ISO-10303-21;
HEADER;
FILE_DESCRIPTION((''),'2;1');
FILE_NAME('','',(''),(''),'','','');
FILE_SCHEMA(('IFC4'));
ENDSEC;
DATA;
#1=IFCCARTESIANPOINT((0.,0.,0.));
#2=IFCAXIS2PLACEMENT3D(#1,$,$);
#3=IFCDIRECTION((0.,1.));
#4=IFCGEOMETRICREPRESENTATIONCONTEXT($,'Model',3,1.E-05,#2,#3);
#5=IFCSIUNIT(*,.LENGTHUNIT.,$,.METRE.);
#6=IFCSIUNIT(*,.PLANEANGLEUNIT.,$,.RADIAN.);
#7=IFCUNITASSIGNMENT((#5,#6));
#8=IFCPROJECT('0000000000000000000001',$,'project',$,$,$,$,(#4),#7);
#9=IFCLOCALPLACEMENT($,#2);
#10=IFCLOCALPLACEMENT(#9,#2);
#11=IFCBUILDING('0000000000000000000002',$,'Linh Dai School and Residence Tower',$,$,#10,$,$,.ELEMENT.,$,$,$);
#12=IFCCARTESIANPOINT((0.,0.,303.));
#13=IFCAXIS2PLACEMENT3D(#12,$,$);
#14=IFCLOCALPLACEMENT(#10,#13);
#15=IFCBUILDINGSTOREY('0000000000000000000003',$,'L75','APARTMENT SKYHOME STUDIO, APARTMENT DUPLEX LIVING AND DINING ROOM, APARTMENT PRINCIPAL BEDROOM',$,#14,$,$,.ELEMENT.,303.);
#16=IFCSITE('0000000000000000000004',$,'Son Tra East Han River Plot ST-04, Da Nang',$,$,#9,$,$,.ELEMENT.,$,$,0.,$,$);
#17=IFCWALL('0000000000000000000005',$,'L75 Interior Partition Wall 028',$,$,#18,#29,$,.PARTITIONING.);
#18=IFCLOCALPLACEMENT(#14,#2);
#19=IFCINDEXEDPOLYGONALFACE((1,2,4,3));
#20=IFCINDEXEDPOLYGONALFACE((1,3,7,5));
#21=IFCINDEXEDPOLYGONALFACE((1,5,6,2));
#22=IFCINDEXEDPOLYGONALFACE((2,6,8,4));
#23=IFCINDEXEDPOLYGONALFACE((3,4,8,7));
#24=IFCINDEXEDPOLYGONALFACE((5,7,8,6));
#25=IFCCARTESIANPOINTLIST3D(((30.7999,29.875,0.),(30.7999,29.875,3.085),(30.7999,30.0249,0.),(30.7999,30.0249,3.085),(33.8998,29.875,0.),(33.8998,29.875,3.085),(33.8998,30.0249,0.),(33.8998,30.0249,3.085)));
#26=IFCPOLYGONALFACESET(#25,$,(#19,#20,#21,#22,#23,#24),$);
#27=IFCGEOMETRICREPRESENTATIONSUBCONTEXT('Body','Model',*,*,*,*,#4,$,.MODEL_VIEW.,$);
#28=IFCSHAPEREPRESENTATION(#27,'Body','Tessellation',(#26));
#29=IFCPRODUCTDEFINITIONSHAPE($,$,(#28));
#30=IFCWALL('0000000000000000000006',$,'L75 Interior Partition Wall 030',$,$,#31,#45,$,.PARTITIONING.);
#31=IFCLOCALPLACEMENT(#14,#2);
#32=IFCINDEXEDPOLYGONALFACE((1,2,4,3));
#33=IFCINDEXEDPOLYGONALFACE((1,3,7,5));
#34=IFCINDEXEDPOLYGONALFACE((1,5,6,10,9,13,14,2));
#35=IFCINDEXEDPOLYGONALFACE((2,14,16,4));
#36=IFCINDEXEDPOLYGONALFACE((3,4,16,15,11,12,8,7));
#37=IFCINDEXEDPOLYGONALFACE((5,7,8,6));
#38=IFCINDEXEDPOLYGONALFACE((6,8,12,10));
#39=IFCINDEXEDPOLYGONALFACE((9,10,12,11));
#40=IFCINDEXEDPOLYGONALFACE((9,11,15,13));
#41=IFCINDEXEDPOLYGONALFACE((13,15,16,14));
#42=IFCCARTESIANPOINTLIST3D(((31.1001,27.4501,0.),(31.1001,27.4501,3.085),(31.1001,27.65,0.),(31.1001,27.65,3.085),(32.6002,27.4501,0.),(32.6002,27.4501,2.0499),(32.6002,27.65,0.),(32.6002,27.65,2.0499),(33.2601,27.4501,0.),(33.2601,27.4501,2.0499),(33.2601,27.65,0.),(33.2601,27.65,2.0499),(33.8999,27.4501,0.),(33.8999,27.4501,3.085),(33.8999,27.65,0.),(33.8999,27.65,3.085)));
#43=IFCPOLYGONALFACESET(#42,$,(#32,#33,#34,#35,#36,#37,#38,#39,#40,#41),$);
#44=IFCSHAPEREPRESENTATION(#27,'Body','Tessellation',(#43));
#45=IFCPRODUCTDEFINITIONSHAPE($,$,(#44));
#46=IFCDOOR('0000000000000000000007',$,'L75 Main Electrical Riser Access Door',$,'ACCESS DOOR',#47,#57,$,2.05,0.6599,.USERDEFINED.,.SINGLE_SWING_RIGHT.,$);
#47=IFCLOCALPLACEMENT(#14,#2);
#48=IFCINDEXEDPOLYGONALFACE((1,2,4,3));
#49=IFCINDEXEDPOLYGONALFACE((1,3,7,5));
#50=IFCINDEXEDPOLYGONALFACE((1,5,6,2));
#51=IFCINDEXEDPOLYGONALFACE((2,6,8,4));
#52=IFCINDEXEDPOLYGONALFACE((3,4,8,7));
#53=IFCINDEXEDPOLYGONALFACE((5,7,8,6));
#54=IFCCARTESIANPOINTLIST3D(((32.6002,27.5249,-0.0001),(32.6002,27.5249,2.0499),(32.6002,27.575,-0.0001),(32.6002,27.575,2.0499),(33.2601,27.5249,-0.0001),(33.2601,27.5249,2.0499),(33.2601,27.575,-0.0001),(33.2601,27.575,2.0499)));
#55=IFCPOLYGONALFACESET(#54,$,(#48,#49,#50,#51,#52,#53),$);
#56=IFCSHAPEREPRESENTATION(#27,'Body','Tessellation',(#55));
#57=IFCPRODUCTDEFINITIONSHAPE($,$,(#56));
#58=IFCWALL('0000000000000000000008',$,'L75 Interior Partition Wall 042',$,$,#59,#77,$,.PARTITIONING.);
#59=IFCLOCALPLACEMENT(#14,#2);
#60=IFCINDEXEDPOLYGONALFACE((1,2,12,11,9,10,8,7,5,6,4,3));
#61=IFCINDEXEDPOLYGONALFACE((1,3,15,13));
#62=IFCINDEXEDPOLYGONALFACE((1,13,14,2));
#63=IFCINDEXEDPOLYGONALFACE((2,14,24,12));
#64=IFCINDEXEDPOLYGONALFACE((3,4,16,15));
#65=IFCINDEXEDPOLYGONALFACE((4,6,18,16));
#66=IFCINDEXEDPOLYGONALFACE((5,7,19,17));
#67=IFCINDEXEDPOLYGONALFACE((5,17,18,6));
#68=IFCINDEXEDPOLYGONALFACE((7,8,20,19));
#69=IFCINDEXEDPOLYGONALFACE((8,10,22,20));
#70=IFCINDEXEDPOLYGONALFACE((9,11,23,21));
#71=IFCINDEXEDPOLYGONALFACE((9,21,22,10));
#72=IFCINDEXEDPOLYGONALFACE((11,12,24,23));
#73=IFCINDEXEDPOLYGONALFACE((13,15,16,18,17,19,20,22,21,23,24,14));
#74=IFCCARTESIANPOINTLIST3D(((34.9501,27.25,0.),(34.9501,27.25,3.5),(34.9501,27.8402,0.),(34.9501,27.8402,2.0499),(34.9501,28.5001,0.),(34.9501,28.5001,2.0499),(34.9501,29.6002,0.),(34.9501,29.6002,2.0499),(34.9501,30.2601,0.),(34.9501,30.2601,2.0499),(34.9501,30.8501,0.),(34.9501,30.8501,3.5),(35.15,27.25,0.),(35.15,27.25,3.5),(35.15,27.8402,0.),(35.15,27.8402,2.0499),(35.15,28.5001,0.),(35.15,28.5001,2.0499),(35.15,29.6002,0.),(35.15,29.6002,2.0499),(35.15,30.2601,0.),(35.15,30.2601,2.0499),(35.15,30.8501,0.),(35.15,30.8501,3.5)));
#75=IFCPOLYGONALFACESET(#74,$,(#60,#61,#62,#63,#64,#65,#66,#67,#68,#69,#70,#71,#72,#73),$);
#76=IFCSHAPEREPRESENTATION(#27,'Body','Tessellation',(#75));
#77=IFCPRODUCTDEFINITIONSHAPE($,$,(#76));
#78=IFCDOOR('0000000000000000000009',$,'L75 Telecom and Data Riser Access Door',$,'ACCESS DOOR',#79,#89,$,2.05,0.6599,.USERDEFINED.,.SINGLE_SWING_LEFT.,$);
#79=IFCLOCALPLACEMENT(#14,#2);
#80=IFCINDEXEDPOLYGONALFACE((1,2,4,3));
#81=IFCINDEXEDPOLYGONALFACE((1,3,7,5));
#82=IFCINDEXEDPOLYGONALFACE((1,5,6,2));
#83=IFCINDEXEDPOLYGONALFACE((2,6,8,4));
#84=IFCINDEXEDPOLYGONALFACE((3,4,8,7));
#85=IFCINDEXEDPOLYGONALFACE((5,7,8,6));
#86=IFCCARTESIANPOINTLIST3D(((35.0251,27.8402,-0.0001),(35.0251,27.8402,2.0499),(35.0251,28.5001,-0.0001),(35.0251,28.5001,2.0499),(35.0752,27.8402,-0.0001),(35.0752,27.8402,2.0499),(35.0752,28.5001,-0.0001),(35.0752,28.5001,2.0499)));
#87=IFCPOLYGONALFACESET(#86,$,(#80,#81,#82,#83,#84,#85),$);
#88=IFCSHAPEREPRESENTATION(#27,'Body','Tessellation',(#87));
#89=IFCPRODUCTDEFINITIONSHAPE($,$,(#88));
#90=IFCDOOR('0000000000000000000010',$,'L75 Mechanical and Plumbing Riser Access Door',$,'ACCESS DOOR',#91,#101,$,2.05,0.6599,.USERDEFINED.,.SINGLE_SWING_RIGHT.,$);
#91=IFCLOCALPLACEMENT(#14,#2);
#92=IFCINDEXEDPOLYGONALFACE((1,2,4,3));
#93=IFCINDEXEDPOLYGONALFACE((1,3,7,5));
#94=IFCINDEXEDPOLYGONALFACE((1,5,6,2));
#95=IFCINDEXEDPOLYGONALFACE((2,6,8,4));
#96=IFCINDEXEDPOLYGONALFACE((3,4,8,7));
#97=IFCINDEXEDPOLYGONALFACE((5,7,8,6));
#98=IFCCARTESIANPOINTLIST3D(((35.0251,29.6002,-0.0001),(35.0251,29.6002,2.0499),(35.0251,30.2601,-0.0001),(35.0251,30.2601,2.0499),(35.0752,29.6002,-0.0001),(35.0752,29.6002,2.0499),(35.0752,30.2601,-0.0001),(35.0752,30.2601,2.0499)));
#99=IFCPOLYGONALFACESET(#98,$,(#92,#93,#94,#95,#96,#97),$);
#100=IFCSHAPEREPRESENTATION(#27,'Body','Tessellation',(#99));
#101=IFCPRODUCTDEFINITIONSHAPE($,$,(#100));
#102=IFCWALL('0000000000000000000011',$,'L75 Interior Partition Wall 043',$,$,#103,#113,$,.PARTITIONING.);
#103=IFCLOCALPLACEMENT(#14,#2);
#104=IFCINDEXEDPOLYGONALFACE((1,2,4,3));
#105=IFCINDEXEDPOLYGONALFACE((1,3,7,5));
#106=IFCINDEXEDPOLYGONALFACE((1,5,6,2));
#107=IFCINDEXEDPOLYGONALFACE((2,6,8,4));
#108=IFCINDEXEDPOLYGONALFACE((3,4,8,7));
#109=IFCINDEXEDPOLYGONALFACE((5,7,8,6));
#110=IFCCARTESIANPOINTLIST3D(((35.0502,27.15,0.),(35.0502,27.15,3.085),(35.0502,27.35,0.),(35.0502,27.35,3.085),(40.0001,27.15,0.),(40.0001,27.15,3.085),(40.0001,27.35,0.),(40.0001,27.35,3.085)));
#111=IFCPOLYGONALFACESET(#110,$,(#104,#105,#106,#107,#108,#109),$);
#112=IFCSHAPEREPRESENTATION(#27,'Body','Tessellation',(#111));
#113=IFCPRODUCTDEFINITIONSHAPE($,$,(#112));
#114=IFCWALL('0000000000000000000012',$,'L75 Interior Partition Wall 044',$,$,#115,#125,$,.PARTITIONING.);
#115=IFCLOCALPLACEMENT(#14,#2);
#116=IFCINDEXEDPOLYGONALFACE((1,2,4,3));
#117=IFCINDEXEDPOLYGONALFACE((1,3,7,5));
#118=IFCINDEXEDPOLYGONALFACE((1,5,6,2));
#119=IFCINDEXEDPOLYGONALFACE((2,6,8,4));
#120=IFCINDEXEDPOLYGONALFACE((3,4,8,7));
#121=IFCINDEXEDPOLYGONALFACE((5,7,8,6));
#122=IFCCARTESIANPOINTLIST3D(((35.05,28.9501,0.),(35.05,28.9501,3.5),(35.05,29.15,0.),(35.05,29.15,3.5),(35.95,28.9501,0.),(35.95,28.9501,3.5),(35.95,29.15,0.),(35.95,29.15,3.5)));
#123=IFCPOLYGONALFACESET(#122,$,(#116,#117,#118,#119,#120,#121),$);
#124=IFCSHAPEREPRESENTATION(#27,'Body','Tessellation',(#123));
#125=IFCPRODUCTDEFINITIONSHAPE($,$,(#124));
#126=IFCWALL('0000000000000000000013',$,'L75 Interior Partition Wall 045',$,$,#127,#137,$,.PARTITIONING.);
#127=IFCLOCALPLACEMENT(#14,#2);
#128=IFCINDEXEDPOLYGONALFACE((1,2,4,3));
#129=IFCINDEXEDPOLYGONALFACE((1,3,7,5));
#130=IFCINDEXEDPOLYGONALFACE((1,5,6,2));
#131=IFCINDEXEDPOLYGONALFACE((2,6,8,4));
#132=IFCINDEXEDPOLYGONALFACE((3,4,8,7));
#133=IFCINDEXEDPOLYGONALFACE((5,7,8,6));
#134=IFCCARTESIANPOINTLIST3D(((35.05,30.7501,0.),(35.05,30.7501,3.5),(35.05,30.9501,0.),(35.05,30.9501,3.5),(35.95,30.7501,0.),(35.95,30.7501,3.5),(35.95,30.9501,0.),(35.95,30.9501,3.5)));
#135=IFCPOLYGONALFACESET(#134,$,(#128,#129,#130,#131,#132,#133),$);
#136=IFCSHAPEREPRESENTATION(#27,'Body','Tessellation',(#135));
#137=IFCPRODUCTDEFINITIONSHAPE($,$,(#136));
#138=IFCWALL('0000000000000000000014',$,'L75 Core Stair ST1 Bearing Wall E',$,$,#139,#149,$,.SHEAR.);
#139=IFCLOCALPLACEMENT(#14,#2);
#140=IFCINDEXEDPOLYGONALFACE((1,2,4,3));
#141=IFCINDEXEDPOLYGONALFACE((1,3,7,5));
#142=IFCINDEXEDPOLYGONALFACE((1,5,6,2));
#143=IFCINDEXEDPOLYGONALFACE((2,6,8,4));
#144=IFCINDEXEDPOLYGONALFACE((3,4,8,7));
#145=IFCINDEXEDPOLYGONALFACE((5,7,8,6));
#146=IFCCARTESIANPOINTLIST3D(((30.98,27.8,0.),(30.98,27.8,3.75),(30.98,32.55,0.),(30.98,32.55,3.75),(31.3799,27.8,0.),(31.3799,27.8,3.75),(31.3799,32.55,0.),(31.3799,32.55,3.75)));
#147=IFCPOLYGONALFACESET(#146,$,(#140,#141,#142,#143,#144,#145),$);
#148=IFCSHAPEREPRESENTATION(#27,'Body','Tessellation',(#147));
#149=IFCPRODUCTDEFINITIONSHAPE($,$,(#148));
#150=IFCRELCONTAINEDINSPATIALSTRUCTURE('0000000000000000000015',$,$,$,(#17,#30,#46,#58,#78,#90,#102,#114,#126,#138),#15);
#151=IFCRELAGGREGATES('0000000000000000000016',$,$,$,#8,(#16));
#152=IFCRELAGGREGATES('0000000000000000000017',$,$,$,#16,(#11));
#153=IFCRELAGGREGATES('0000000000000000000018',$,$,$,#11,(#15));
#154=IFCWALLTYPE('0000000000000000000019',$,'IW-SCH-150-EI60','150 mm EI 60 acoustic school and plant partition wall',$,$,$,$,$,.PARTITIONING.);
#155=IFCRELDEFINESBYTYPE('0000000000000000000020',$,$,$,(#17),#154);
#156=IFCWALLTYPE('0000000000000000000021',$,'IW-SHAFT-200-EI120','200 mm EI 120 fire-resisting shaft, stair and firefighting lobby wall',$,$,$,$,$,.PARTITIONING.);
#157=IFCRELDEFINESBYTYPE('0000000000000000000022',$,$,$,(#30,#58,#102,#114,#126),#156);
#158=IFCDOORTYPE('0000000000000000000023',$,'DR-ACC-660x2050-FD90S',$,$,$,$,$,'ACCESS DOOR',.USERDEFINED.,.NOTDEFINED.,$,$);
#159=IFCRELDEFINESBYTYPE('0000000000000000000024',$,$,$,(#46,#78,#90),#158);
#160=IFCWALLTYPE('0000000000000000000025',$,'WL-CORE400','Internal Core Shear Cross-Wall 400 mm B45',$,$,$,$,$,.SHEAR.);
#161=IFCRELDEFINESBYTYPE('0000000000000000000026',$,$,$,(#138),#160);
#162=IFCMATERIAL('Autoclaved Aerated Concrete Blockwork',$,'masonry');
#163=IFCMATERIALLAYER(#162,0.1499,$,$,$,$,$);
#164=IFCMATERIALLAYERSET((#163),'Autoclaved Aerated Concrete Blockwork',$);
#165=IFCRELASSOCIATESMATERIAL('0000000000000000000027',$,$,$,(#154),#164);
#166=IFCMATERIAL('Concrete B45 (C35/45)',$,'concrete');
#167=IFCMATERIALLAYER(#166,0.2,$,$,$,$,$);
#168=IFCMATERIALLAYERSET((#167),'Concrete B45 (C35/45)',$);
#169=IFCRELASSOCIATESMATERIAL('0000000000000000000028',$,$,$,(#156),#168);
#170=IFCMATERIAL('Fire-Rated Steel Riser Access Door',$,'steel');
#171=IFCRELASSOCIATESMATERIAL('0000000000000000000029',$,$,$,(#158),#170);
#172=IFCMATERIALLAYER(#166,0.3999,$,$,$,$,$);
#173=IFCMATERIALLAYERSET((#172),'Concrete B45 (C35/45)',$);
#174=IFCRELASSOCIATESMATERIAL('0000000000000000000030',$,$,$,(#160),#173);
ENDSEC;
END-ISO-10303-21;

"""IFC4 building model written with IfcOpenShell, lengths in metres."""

from ifc_helpers import new_model, si_unit, direction, frame, frame_2d, origin, origin_2d, place, context, subcontext, project, spatial, rectangle, extrude, source, transform, mapped, material, layer, layer_set, type_object, element, fill, save


model = new_model("IFC4")

# Units and contexts
model_context = context("Model", 3, precision=1e-05, world=origin(), true_north=direction((0.0, 1.0)))
body_context = subcontext(model_context, "Body", "Model", "MODEL_VIEW")
ifc_project = project(units=[si_unit("LENGTHUNIT", "METRE"), si_unit("PLANEANGLEUNIT", "RADIAN")], contexts=[model_context])

# Site, building, storey
site_placement = place(None, origin())
site = spatial("IfcSite", under=ifc_project, at=site_placement, Name="Son Tra East Han River Plot ST-04, Da Nang", CompositionType="ELEMENT", RefElevation=0.0)
building_placement = place(site_placement, origin())
building = spatial("IfcBuilding", under=site, at=building_placement, Name="Linh Dai School and Residence Tower", CompositionType="ELEMENT")
storey_placement = place(building_placement, frame((0.0, 0.0, 303.0)))
storey = spatial("IfcBuildingStorey", under=building, at=storey_placement, Name="L75", Description="APARTMENT SKYHOME STUDIO, APARTMENT DUPLEX LIVING AND DINING ROOM, APARTMENT PRINCIPAL BEDROOM", CompositionType="ELEMENT", Elevation=303.0)

# Shared definitions
ifc_material_1 = material(Name="Autoclaved Aerated Concrete Blockwork", Category="masonry")

# Wall
ifc_layer_1 = layer(ifc_material_1, 0.1499)
ifc_layer_set_1 = layer_set([ifc_layer_1], Name="Autoclaved Aerated Concrete Blockwork")
wall_type_1 = type_object("IfcWallType", Name="IW-SCH-150-EI60", Description="150 mm EI 60 acoustic school and plant partition wall", PredefinedType="PARTITIONING", material=ifc_layer_set_1)
wall_1_placement = place(storey_placement, frame((30.8, 29.95, 0.0), z_axis=(0.0, 0.0, 1.0), x_axis=(1.0, 0.0, 0.0)))
element("IfcWall", 1, at=wall_1_placement, inside=storey, type_object=wall_type_1, Name="L75 Interior Partition Wall 028", PredefinedType="PARTITIONING", context=body_context, shape_type="SweptSolid", body=[
    extrude(rectangle(XDim=3.0999, YDim=0.1499, at=frame_2d((1.5498, 0.0))), origin(), (0.0, 0.0, 1.0), 3.085),
])

# Wall, opening, door
ifc_material_2 = material(Name="Concrete B45 (C35/45)", Category="concrete")
ifc_layer_2 = layer(ifc_material_2, 0.2)
ifc_layer_set_2 = layer_set([ifc_layer_2], Name="Concrete B45 (C35/45)")
wall_type_2 = type_object("IfcWallType", Name="IW-SHAFT-200-EI120", Description="200 mm EI 120 fire-resisting shaft, stair and firefighting lobby wall", PredefinedType="PARTITIONING", material=ifc_layer_set_2)
wall_2_placement = place(storey_placement, frame((31.1001, 27.55, 0.0), z_axis=(0.0, 0.0, 1.0), x_axis=(1.0, 0.0, 0.0)))
wall_2 = element("IfcWall", 2, at=wall_2_placement, inside=storey, type_object=wall_type_2, Name="L75 Interior Partition Wall 030", PredefinedType="PARTITIONING", context=body_context, shape_type="SweptSolid", body=[
    extrude(rectangle(XDim=2.7998, YDim=0.2, at=frame_2d((1.3999, 0.0))), origin(), (0.0, 0.0, 1.0), 3.085),
])
opening_1_placement = place(wall_2_placement, frame((1.5, 0.0, 0.0)))
opening_1 = element("IfcOpeningElement", 3, at=opening_1_placement, cuts=wall_2, PredefinedType="OPENING", context=body_context, shape_type="SweptSolid", body=[
    extrude(rectangle(XDim=0.6599, YDim=2.05, at=origin_2d()), frame((0.3301, 0.1099, 1.0249), z_axis=(0.0, -1.0, 0.0), x_axis=(1.0, 0.0, 0.0)), (0.0, 0.0, 1.0), 0.22),
])
ifc_material_3 = material(Name="Fire-Rated Steel Riser Access Door", Category="steel")
door_type_1 = type_object("IfcDoorType", Name="DR-ACC-660x2050-FD90S", ElementType="ACCESS DOOR", OperationType="NOTDEFINED", PredefinedType="USERDEFINED", material=ifc_material_3)
shared_shape_1 = source(origin(), body_context, "Body", "SweptSolid", [
    extrude(rectangle(XDim=0.6599, YDim=2.05, at=origin_2d()), frame((0.3301, 0.0249, 1.0249), z_axis=(0.0, -1.0, 0.0), x_axis=(1.0, 0.0, 0.0)), (0.0, 0.0, 1.0), 0.05),
])
door_1_placement = place(opening_1_placement, origin())
door_1 = element("IfcDoor", 4, at=door_1_placement, inside=storey, type_object=door_type_1, Name="L75 Main Electrical Riser Access Door", ObjectType="ACCESS DOOR", OperationType="SINGLE_SWING_RIGHT", OverallHeight=2.05, OverallWidth=0.6599, PredefinedType="USERDEFINED", context=body_context, shape_type="MappedRepresentation", body=[
    mapped(shared_shape_1, transform((0.0, 0.0, 0.0), x_axis=(1.0, 0.0, 0.0), y_axis=(0.0, 1.0, 0.0), z_axis=(0.0, 0.0, 1.0), scale=1.0)),
])
fill(opening_1, door_1)

# Wall, openings, doors
wall_3_placement = place(storey_placement, frame((35.05, 27.25, 0.0), z_axis=(0.0, 0.0, 1.0), x_axis=(0.0, 1.0, 0.0)))
wall_3 = element("IfcWall", 5, at=wall_3_placement, inside=storey, type_object=wall_type_2, Name="L75 Interior Partition Wall 042", PredefinedType="PARTITIONING", context=body_context, shape_type="SweptSolid", body=[
    extrude(rectangle(XDim=3.6001, YDim=0.2, at=frame_2d((1.8, 0.0))), origin(), (0.0, 0.0, 1.0), 3.5),
])
opening_2_placement = place(wall_3_placement, frame((0.5901, 0.0, 0.0)))
opening_2 = element("IfcOpeningElement", 6, at=opening_2_placement, cuts=wall_3, PredefinedType="OPENING", context=body_context, shape_type="SweptSolid", body=[
    extrude(rectangle(XDim=0.6599, YDim=2.05, at=origin_2d()), frame((0.3301, 0.1099, 1.0249), z_axis=(0.0, -1.0, 0.0), x_axis=(1.0, 0.0, 0.0)), (0.0, 0.0, 1.0), 0.22),
])
opening_3_placement = place(wall_3_placement, frame((2.3501, 0.0, 0.0)))
opening_3 = element("IfcOpeningElement", 7, at=opening_3_placement, cuts=wall_3, PredefinedType="OPENING", context=body_context, shape_type="SweptSolid", body=[
    extrude(rectangle(XDim=0.6599, YDim=2.05, at=origin_2d()), frame((0.3301, 0.1099, 1.0249), z_axis=(0.0, -1.0, 0.0), x_axis=(1.0, 0.0, 0.0)), (0.0, 0.0, 1.0), 0.22),
])
door_2_placement = place(opening_2_placement, origin())
door_2 = element("IfcDoor", 8, at=door_2_placement, inside=storey, type_object=door_type_1, Name="L75 Telecom and Data Riser Access Door", ObjectType="ACCESS DOOR", OperationType="SINGLE_SWING_LEFT", OverallHeight=2.05, OverallWidth=0.6599, PredefinedType="USERDEFINED", context=body_context, shape_type="MappedRepresentation", body=[
    mapped(shared_shape_1, transform((0.0, 0.0, 0.0), x_axis=(1.0, 0.0, 0.0), y_axis=(0.0, 1.0, 0.0), z_axis=(0.0, 0.0, 1.0), scale=1.0)),
])
fill(opening_2, door_2)
door_3_placement = place(opening_3_placement, origin())
door_3 = element("IfcDoor", 9, at=door_3_placement, inside=storey, type_object=door_type_1, Name="L75 Mechanical and Plumbing Riser Access Door", ObjectType="ACCESS DOOR", OperationType="SINGLE_SWING_RIGHT", OverallHeight=2.05, OverallWidth=0.6599, PredefinedType="USERDEFINED", context=body_context, shape_type="MappedRepresentation", body=[
    mapped(shared_shape_1, transform((0.0, 0.0, 0.0), x_axis=(1.0, 0.0, 0.0), y_axis=(0.0, 1.0, 0.0), z_axis=(0.0, 0.0, 1.0), scale=1.0)),
])
fill(opening_3, door_3)

# Walls
wall_4_placement = place(storey_placement, frame((35.05, 27.25, 0.0), z_axis=(0.0, 0.0, 1.0), x_axis=(1.0, 0.0, 0.0)))
element("IfcWall", 10, at=wall_4_placement, inside=storey, type_object=wall_type_2, Name="L75 Interior Partition Wall 043", PredefinedType="PARTITIONING", context=body_context, shape_type="SweptSolid", body=[
    extrude(rectangle(XDim=4.95, YDim=0.2, at=frame_2d((2.4751, 0.0))), origin(), (0.0, 0.0, 1.0), 3.085),
])
for number, where, z_axis, x_axis, name in (
    (11, (35.05, 29.05, 0.0), (0.0, 0.0, 1.0), (1.0, 0.0, 0.0), "L75 Interior Partition Wall 044"),
    (12, (35.05, 30.8501, 0.0), (0.0, 0.0, 1.0), (1.0, 0.0, 0.0), "L75 Interior Partition Wall 045"),
):
    element("IfcWall", number, at=place(storey_placement, frame(where, z_axis=z_axis, x_axis=x_axis)), inside=storey, type_object=wall_type_2, Name=name, PredefinedType="PARTITIONING", context=body_context, shape_type="SweptSolid", body=[
        extrude(rectangle(XDim=0.8999, YDim=0.2, at=frame_2d((0.45, 0.0))), origin(), (0.0, 0.0, 1.0), 3.5),
    ])
ifc_layer_3 = layer(ifc_material_2, 0.3999)
ifc_layer_set_3 = layer_set([ifc_layer_3], Name="Concrete B45 (C35/45)")
wall_type_3 = type_object("IfcWallType", Name="WL-CORE400", Description="Internal Core Shear Cross-Wall 400 mm B45", PredefinedType="SHEAR", material=ifc_layer_set_3)
wall_5_placement = place(storey_placement, frame((31.1799, 27.8, 0.0), z_axis=(0.0, 0.0, 1.0), x_axis=(0.0, 1.0, 0.0)))
element("IfcWall", 13, at=wall_5_placement, inside=storey, type_object=wall_type_3, Name="L75 Core Stair ST1 Bearing Wall E", PredefinedType="SHEAR", context=body_context, shape_type="SweptSolid", body=[
    extrude(rectangle(XDim=4.75, YDim=0.3999, at=frame_2d((2.375, 0.0))), origin(), (0.0, 0.0, 1.0), 3.75),
])

save(model, "model.ifc")
